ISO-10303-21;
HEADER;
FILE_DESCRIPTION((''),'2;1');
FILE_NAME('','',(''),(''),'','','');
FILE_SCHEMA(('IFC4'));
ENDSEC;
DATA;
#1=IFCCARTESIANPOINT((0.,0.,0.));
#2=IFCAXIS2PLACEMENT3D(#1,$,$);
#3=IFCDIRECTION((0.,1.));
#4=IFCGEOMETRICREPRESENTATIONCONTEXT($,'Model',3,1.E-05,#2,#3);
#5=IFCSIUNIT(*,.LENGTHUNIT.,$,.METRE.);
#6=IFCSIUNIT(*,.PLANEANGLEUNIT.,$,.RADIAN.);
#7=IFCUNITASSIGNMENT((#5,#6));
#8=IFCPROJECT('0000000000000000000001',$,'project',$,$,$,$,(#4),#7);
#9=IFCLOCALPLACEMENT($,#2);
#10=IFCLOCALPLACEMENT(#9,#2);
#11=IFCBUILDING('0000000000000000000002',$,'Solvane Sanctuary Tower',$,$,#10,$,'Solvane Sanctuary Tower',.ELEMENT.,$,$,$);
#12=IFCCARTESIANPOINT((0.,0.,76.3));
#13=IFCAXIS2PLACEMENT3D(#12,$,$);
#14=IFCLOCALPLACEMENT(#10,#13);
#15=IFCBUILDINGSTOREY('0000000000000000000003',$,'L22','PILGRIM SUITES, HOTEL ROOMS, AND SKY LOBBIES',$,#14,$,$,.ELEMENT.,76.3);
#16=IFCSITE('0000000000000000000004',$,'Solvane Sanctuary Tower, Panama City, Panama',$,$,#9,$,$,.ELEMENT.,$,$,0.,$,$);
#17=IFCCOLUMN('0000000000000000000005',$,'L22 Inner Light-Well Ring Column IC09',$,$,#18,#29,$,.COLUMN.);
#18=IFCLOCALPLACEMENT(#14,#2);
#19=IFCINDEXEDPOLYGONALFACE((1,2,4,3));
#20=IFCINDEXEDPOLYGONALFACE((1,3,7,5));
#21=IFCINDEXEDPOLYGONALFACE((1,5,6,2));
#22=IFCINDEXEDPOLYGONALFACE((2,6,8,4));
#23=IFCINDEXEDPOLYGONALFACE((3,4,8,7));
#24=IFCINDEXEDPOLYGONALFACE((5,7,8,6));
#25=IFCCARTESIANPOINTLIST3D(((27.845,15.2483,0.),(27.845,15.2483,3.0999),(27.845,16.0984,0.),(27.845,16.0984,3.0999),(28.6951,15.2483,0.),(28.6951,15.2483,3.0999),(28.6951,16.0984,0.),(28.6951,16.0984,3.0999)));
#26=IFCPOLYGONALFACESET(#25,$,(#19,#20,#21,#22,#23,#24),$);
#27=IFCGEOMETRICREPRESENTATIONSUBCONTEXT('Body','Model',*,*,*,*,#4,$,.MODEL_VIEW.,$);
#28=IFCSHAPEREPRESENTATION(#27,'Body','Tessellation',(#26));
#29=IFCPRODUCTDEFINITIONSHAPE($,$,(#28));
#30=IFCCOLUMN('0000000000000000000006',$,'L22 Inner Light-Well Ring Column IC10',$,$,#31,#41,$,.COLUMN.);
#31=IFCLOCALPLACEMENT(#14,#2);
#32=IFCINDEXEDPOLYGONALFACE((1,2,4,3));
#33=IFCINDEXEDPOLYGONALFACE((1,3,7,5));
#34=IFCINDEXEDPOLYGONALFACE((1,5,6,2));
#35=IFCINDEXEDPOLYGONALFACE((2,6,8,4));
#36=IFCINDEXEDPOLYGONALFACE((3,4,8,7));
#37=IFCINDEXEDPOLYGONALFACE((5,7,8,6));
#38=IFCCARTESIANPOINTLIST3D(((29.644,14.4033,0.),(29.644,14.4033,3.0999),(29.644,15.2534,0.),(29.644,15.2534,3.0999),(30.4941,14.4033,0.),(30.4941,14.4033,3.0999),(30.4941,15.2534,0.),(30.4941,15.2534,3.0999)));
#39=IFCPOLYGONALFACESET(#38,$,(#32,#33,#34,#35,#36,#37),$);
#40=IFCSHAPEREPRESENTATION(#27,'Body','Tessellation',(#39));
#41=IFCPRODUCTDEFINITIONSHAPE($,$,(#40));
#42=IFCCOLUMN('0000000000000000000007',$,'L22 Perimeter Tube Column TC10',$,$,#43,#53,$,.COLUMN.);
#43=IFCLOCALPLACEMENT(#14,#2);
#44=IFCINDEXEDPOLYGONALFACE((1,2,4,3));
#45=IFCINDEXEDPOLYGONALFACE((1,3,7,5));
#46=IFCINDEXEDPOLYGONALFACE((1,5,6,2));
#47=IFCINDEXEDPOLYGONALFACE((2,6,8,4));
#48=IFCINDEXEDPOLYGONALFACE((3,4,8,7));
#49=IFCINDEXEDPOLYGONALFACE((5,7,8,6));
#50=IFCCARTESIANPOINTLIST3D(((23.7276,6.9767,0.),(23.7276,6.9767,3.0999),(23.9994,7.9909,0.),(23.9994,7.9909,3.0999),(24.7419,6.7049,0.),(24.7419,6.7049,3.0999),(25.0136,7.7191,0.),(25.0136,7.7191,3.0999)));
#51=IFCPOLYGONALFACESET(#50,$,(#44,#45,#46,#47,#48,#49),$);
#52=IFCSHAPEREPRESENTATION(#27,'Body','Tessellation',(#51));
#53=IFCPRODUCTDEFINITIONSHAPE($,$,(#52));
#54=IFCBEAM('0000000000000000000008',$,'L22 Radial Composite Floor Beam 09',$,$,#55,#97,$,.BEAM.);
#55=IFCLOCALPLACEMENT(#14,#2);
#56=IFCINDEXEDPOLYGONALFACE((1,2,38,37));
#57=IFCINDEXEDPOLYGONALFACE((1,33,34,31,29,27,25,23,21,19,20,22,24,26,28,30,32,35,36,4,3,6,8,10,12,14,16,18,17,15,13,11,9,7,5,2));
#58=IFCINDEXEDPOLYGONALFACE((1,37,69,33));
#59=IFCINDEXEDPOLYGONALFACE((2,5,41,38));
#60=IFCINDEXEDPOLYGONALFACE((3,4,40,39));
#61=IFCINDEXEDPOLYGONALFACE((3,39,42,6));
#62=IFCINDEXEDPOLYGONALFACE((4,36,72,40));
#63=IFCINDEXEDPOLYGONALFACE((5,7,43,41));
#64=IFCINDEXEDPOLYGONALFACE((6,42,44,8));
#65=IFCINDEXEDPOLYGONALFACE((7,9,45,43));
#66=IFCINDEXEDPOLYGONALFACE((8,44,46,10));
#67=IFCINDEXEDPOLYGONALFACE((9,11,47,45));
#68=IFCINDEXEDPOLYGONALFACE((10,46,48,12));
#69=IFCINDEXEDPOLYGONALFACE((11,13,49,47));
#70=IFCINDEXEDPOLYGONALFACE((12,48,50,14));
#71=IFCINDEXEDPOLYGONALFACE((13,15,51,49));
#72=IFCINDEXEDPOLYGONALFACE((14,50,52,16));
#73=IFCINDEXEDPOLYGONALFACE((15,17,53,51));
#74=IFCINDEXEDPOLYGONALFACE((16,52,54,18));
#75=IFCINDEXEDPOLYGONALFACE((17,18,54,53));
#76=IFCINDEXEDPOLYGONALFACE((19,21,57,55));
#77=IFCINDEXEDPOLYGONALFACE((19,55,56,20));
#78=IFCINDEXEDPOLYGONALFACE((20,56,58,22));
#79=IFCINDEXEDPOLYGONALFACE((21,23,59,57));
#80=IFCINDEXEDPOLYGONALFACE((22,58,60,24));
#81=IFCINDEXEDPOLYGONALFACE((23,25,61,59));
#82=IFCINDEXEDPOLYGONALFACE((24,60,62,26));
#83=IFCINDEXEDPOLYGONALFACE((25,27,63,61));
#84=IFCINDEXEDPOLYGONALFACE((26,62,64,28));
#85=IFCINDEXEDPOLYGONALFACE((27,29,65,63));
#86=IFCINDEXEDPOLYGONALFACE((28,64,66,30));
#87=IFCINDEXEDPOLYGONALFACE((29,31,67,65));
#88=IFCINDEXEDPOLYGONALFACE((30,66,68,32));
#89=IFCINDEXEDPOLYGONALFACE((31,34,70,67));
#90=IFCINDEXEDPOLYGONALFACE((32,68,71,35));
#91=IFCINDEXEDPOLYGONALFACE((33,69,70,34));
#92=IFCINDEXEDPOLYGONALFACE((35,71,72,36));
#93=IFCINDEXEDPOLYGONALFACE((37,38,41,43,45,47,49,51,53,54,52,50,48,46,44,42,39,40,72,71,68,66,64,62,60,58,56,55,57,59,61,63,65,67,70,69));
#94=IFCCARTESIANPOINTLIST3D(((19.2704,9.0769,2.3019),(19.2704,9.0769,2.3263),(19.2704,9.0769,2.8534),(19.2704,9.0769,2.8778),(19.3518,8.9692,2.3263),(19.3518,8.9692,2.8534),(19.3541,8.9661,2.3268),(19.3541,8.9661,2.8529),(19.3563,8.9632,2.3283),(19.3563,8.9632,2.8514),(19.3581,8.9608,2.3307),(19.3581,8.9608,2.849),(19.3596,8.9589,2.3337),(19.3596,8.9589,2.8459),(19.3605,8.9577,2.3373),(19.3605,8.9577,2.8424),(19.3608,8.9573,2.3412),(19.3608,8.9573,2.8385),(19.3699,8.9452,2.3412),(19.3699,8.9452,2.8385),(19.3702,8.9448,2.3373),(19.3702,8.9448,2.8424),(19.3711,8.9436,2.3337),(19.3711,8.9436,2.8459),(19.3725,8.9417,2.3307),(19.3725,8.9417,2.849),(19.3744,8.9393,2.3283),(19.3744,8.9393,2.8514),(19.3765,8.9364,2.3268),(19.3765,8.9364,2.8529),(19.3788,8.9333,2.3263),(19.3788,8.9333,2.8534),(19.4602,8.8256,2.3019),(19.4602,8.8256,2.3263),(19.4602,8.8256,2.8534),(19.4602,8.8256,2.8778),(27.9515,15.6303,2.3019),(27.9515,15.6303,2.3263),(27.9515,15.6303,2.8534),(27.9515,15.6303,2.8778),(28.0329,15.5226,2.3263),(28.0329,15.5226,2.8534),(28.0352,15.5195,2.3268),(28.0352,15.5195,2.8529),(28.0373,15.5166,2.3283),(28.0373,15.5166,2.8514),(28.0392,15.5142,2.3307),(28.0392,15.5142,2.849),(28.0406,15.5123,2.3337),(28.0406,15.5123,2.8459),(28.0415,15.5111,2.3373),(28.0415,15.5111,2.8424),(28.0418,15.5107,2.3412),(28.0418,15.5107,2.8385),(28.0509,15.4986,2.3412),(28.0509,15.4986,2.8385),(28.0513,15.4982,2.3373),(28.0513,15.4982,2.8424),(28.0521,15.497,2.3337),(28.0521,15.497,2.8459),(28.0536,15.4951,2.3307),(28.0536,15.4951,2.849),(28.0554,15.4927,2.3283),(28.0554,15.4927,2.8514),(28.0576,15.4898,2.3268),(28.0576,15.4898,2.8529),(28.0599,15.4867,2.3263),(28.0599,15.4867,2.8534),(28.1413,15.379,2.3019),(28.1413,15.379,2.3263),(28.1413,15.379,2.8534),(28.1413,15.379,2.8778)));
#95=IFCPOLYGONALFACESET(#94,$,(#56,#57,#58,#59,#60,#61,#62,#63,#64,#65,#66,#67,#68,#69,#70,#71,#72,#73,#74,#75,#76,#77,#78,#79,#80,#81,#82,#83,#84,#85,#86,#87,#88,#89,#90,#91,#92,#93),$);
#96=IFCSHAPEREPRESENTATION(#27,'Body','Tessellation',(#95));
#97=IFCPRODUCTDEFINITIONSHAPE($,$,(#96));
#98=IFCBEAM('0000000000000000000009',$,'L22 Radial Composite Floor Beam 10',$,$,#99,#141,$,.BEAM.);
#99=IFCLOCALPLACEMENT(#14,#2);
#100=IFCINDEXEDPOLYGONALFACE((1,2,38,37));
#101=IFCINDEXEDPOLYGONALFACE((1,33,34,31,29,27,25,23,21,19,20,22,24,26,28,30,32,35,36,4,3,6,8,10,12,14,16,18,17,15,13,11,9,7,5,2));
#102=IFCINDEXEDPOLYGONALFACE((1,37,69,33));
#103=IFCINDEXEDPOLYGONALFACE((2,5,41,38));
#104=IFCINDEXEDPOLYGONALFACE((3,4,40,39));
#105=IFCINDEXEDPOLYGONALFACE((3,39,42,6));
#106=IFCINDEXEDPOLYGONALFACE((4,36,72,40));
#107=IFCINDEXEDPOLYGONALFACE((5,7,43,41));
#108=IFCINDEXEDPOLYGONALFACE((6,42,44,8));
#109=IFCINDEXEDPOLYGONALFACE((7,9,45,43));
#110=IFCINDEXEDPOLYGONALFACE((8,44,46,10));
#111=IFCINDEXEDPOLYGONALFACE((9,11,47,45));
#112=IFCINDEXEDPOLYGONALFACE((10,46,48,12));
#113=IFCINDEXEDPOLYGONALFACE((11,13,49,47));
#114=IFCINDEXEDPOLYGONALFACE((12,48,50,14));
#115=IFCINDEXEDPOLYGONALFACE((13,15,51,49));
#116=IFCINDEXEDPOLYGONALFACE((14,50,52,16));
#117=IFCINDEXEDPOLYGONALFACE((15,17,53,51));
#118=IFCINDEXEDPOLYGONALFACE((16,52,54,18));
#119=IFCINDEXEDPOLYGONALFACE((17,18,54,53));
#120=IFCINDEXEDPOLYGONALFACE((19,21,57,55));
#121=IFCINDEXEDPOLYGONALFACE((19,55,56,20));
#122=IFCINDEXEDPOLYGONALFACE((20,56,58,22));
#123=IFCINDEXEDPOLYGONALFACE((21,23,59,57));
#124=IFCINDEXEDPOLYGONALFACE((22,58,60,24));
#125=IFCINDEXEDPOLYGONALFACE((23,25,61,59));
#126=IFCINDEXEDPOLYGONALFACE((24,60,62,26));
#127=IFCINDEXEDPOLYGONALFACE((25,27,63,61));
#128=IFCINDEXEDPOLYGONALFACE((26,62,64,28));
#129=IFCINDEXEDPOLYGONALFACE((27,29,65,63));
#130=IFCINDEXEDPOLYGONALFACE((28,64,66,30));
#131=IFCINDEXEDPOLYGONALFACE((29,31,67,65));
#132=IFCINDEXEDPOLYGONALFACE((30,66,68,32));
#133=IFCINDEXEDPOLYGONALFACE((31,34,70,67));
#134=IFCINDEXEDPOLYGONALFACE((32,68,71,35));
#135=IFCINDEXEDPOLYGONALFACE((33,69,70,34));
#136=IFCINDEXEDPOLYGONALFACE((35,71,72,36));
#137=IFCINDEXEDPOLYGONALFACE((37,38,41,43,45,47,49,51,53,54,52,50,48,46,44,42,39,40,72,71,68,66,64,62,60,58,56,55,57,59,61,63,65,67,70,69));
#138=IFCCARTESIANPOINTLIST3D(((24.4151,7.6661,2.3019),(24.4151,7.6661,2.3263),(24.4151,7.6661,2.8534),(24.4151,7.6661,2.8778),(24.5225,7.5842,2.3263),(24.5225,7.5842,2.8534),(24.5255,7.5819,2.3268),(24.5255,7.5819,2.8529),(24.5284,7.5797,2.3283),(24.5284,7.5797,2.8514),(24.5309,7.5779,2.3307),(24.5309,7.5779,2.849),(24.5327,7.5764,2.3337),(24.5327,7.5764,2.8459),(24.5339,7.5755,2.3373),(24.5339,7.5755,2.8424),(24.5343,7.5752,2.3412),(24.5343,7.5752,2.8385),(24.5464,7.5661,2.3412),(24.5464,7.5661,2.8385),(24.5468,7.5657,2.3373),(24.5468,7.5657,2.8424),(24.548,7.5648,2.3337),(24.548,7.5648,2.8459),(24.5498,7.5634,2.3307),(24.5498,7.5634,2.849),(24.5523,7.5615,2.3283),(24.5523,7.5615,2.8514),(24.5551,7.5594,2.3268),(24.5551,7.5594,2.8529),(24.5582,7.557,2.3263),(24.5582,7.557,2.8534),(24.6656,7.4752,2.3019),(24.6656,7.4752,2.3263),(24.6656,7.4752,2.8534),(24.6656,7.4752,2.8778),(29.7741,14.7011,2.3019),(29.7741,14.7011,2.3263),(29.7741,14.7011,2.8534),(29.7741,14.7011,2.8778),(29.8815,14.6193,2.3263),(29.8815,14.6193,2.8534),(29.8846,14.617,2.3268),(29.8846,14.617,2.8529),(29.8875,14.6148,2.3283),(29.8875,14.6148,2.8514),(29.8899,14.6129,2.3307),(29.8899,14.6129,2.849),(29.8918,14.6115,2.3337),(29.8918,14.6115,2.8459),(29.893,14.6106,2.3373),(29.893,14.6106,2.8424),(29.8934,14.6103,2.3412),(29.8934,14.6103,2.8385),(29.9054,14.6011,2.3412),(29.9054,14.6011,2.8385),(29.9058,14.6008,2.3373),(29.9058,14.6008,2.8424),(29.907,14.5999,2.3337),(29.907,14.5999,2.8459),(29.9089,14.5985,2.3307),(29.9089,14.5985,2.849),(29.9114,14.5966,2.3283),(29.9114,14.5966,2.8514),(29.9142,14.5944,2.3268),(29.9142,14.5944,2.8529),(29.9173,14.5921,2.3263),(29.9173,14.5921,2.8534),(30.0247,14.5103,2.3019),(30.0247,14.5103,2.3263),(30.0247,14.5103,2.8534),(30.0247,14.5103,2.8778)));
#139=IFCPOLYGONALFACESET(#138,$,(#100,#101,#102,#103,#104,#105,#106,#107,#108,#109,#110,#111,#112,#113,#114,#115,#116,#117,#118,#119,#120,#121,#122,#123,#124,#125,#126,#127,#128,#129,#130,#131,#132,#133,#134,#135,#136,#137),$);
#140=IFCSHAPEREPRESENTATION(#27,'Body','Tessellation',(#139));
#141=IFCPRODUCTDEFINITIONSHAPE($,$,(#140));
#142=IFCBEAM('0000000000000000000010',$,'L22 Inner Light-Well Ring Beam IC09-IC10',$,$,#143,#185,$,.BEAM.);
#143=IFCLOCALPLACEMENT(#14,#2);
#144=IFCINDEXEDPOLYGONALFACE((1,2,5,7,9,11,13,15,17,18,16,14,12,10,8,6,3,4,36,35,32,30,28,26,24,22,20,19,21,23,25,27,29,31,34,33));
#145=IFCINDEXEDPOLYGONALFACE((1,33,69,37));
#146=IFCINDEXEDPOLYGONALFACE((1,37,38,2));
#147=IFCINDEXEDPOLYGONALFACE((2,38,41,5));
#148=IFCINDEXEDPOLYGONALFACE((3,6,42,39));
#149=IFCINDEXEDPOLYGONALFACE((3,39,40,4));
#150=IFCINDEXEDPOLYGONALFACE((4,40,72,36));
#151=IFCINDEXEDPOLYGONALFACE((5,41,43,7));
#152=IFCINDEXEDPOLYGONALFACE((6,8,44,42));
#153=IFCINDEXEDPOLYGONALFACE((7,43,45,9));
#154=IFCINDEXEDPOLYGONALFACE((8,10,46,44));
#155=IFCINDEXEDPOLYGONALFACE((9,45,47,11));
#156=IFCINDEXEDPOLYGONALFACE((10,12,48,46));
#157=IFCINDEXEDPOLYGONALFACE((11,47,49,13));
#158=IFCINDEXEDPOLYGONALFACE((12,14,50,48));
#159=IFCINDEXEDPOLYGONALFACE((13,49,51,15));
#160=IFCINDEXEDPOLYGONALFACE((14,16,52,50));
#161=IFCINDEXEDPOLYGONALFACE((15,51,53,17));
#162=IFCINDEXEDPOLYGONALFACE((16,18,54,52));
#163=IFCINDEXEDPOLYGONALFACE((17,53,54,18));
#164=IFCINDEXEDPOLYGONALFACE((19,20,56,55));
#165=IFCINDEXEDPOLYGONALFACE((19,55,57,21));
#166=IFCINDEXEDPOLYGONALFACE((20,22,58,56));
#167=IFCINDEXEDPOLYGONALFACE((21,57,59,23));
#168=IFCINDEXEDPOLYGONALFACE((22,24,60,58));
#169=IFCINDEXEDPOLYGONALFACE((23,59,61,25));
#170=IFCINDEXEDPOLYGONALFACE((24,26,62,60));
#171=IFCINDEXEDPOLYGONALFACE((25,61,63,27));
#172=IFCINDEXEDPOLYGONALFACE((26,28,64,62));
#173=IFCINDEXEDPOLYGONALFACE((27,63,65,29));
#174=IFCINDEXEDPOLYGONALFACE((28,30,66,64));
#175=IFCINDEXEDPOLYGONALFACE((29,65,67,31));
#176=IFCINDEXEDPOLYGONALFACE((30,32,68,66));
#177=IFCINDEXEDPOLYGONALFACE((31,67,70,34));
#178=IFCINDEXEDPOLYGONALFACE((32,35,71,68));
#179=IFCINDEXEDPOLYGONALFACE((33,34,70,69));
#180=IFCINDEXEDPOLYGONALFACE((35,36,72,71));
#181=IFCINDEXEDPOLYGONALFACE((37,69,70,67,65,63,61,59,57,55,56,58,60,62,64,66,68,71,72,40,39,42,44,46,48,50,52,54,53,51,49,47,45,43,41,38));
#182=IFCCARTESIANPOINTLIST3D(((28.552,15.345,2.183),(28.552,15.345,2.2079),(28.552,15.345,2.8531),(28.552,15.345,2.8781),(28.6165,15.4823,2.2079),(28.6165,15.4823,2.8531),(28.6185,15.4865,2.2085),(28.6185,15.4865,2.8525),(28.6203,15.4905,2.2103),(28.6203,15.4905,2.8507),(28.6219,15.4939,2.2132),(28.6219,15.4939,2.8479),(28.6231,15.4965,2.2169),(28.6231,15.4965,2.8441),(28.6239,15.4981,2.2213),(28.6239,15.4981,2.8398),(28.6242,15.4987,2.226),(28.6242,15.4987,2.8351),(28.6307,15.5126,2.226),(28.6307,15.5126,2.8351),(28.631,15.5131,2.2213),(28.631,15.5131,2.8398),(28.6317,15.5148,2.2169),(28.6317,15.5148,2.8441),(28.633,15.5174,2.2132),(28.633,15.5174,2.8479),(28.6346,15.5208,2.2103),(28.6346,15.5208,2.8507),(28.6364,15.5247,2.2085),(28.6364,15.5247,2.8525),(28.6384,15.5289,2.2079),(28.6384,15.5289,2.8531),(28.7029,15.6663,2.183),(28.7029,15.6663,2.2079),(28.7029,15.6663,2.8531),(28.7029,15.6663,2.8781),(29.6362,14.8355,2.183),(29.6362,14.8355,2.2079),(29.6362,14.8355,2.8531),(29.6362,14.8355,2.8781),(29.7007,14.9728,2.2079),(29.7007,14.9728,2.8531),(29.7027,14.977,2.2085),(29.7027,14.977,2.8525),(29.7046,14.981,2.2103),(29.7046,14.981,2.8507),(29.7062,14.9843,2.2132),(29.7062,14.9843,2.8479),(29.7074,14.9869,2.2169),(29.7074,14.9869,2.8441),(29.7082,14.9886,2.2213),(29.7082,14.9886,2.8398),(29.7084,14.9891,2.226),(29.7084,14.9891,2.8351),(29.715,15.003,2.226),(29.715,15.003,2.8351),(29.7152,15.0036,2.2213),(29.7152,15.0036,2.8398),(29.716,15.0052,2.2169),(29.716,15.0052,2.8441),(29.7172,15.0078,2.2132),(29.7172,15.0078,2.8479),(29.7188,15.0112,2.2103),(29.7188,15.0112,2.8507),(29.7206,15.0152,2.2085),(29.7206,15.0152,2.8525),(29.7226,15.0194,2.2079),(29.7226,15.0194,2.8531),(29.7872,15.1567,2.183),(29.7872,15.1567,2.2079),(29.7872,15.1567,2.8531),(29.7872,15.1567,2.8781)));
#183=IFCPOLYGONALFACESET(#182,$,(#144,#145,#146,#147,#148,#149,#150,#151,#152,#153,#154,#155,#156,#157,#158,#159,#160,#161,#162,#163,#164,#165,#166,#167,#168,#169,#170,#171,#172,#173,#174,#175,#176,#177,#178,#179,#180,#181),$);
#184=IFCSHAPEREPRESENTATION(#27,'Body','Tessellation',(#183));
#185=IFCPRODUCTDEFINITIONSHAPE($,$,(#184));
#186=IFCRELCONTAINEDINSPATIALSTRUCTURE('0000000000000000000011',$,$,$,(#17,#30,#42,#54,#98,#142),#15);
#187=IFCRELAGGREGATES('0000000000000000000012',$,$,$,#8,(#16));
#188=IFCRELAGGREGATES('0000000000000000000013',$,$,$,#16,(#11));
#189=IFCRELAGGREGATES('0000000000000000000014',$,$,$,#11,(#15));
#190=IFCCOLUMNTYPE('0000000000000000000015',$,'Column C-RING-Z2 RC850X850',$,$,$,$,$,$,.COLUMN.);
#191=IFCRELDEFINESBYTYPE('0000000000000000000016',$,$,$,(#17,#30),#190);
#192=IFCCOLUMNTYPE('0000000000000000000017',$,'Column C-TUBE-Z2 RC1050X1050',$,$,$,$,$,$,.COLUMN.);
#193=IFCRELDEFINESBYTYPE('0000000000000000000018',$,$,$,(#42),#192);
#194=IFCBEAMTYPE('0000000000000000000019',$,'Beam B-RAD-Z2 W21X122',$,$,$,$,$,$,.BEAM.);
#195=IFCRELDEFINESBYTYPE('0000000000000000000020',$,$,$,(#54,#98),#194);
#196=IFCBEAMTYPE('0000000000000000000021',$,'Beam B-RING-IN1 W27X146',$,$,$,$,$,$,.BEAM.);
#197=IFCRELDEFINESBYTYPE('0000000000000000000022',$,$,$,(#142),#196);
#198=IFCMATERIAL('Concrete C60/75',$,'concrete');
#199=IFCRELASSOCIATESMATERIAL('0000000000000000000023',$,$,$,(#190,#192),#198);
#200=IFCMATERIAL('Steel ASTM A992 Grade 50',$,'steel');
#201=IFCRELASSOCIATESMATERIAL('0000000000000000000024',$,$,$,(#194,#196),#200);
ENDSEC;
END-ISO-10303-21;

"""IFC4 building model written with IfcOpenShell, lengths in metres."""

from ifc_helpers import new_model, si_unit, direction, frame, origin, origin_2d, place, context, subcontext, project, spatial, rectangle, i_section, extrude, material, material_profile, profile_set, type_object, element, save


model = new_model("IFC4")

# Units and contexts
model_context = context("Model", 3, precision=1e-05, world=origin(), true_north=direction((0.0, 1.0)))
body_context = subcontext(model_context, "Body", "Model", "MODEL_VIEW")
ifc_project = project(units=[si_unit("LENGTHUNIT", "METRE"), si_unit("PLANEANGLEUNIT", "RADIAN")], contexts=[model_context])

# Site, building, storey
site_placement = place(None, origin())
site = spatial("IfcSite", under=ifc_project, at=site_placement, Name="Solvane Sanctuary Tower, Panama City, Panama", CompositionType="ELEMENT", RefElevation=0.0)
building_placement = place(site_placement, origin())
building = spatial("IfcBuilding", under=site, at=building_placement, Name="Solvane Sanctuary Tower", LongName="Solvane Sanctuary Tower", CompositionType="ELEMENT")
storey_placement = place(building_placement, frame((0.0, 0.0, 76.3)))
storey = spatial("IfcBuildingStorey", under=building, at=storey_placement, Name="L22", Description="PILGRIM SUITES, HOTEL ROOMS, AND SKY LOBBIES", CompositionType="ELEMENT", Elevation=76.3)

# Columns
ifc_material_1 = material(Name="Concrete C60/75", Category="concrete")
ifc_material_profile_1 = material_profile(ifc_material_1, rectangle(XDim=0.8501, YDim=0.8501, at=origin_2d()), Name="RC850X850")
ifc_profile_set_1 = profile_set([ifc_material_profile_1], Name="Concrete C60/75")
column_type_1 = type_object("IfcColumnType", Name="Column C-RING-Z2 RC850X850", PredefinedType="COLUMN", material=ifc_profile_set_1)
for number, where, z_axis, x_axis, name in (
    (1, (28.27, 15.6733, 0.0), (0.0, 0.0, 1.0), (1.0, 0.0, 0.0), "L22 Inner Light-Well Ring Column IC09"),
    (2, (30.0691, 14.8284, 0.0), (0.0, 0.0, 1.0), (1.0, 0.0, 0.0), "L22 Inner Light-Well Ring Column IC10"),
):
    element("IfcColumn", number, at=place(storey_placement, frame(where, z_axis=z_axis, x_axis=x_axis)), inside=storey, type_object=column_type_1, Name=name, PredefinedType="COLUMN", context=body_context, shape_type="SweptSolid", body=[
        extrude(rectangle(XDim=0.8501, YDim=0.8501, at=origin_2d()), origin(), (0.0, 0.0, 1.0), 3.0999),
    ])
ifc_material_profile_2 = material_profile(ifc_material_1, rectangle(XDim=1.05, YDim=1.05, at=origin_2d()), Name="RC1050X1050")
ifc_profile_set_2 = profile_set([ifc_material_profile_2], Name="Concrete C60/75")
column_type_2 = type_object("IfcColumnType", Name="Column C-TUBE-Z2 RC1050X1050", PredefinedType="COLUMN", material=ifc_profile_set_2)
column_placement = place(storey_placement, frame((24.3706, 7.3479, 0.0), z_axis=(0.0, 0.0, 1.0), x_axis=(-0.258819, -0.965926, 0.0)))
element("IfcColumn", 3, at=column_placement, inside=storey, type_object=column_type_2, Name="L22 Perimeter Tube Column TC10", PredefinedType="COLUMN", context=body_context, shape_type="SweptSolid", body=[
    extrude(rectangle(XDim=1.05, YDim=1.05, at=origin_2d()), origin(), (0.0, 0.0, 1.0), 3.0999),
])

# Beams
ifc_material_2 = material(Name="Steel ASTM A992 Grade 50", Category="steel")
ifc_material_profile_3 = material_profile(ifc_material_2, i_section(OverallWidth=0.3149, OverallDepth=0.5759, WebThickness=0.0151, FlangeThickness=0.0244, FilletRadius=0.0149, at=origin_2d()), Name="W21X122")
ifc_profile_set_3 = profile_set([ifc_material_profile_3], Name="Steel ASTM A992 Grade 50")
beam_type_1 = type_object("IfcBeamType", Name="Beam B-RAD-Z2 W21X122", PredefinedType="BEAM", material=ifc_profile_set_3)
beam_1_placement = place(storey_placement, frame((28.0464, 15.5046, 2.5898), z_axis=(-0.798116, -0.602504, 0.0), x_axis=(0.602504, -0.798116, 0.0)))
element("IfcBeam", 4, at=beam_1_placement, inside=storey, type_object=beam_type_1, Name="L22 Radial Composite Floor Beam 09", PredefinedType="BEAM", context=body_context, shape_type="SweptSolid", body=[
    extrude(i_section(OverallWidth=0.3149, OverallDepth=0.5759, WebThickness=0.0151, FlangeThickness=0.0244, FilletRadius=0.0149, at=origin_2d()), origin(), (0.0, 0.0, 1.0), 10.877),
])
beam_2_placement = place(storey_placement, frame((29.8994, 14.6057, 2.5898), z_axis=(-0.605973, -0.795486, 0.0), x_axis=(0.795486, -0.605973, 0.0)))
element("IfcBeam", 5, at=beam_2_placement, inside=storey, type_object=beam_type_1, Name="L22 Radial Composite Floor Beam 10", PredefinedType="BEAM", context=body_context, shape_type="SweptSolid", body=[
    extrude(i_section(OverallWidth=0.3149, OverallDepth=0.5759, WebThickness=0.0151, FlangeThickness=0.0244, FilletRadius=0.0149, at=origin_2d()), origin(), (0.0, 0.0, 1.0), 8.8438),
])
ifc_material_profile_4 = material_profile(ifc_material_2, i_section(OverallWidth=0.355, OverallDepth=0.6951, WebThickness=0.0154, FlangeThickness=0.0249, FilletRadius=0.0181, at=origin_2d()), Name="W27X146")
ifc_profile_set_4 = profile_set([ifc_material_profile_4], Name="Steel ASTM A992 Grade 50")
beam_type_2 = type_object("IfcBeamType", Name="Beam B-RING-IN1 W27X146", PredefinedType="BEAM", material=ifc_profile_set_4)
beam_3_placement = place(storey_placement, frame((28.6274, 15.5056, 2.5305), z_axis=(0.905045, -0.425316, 0.0), x_axis=(0.425316, 0.905045, 0.0)))
element("IfcBeam", 6, at=beam_3_placement, inside=storey, type_object=beam_type_2, Name="L22 Inner Light-Well Ring Beam IC09-IC10", PredefinedType="BEAM", context=body_context, shape_type="SweptSolid", body=[
    extrude(i_section(OverallWidth=0.355, OverallDepth=0.6951, WebThickness=0.0154, FlangeThickness=0.0249, FilletRadius=0.0181, at=origin_2d()), origin(), (0.0, 0.0, 1.0), 1.198),
])

save(model, "model.ifc")
